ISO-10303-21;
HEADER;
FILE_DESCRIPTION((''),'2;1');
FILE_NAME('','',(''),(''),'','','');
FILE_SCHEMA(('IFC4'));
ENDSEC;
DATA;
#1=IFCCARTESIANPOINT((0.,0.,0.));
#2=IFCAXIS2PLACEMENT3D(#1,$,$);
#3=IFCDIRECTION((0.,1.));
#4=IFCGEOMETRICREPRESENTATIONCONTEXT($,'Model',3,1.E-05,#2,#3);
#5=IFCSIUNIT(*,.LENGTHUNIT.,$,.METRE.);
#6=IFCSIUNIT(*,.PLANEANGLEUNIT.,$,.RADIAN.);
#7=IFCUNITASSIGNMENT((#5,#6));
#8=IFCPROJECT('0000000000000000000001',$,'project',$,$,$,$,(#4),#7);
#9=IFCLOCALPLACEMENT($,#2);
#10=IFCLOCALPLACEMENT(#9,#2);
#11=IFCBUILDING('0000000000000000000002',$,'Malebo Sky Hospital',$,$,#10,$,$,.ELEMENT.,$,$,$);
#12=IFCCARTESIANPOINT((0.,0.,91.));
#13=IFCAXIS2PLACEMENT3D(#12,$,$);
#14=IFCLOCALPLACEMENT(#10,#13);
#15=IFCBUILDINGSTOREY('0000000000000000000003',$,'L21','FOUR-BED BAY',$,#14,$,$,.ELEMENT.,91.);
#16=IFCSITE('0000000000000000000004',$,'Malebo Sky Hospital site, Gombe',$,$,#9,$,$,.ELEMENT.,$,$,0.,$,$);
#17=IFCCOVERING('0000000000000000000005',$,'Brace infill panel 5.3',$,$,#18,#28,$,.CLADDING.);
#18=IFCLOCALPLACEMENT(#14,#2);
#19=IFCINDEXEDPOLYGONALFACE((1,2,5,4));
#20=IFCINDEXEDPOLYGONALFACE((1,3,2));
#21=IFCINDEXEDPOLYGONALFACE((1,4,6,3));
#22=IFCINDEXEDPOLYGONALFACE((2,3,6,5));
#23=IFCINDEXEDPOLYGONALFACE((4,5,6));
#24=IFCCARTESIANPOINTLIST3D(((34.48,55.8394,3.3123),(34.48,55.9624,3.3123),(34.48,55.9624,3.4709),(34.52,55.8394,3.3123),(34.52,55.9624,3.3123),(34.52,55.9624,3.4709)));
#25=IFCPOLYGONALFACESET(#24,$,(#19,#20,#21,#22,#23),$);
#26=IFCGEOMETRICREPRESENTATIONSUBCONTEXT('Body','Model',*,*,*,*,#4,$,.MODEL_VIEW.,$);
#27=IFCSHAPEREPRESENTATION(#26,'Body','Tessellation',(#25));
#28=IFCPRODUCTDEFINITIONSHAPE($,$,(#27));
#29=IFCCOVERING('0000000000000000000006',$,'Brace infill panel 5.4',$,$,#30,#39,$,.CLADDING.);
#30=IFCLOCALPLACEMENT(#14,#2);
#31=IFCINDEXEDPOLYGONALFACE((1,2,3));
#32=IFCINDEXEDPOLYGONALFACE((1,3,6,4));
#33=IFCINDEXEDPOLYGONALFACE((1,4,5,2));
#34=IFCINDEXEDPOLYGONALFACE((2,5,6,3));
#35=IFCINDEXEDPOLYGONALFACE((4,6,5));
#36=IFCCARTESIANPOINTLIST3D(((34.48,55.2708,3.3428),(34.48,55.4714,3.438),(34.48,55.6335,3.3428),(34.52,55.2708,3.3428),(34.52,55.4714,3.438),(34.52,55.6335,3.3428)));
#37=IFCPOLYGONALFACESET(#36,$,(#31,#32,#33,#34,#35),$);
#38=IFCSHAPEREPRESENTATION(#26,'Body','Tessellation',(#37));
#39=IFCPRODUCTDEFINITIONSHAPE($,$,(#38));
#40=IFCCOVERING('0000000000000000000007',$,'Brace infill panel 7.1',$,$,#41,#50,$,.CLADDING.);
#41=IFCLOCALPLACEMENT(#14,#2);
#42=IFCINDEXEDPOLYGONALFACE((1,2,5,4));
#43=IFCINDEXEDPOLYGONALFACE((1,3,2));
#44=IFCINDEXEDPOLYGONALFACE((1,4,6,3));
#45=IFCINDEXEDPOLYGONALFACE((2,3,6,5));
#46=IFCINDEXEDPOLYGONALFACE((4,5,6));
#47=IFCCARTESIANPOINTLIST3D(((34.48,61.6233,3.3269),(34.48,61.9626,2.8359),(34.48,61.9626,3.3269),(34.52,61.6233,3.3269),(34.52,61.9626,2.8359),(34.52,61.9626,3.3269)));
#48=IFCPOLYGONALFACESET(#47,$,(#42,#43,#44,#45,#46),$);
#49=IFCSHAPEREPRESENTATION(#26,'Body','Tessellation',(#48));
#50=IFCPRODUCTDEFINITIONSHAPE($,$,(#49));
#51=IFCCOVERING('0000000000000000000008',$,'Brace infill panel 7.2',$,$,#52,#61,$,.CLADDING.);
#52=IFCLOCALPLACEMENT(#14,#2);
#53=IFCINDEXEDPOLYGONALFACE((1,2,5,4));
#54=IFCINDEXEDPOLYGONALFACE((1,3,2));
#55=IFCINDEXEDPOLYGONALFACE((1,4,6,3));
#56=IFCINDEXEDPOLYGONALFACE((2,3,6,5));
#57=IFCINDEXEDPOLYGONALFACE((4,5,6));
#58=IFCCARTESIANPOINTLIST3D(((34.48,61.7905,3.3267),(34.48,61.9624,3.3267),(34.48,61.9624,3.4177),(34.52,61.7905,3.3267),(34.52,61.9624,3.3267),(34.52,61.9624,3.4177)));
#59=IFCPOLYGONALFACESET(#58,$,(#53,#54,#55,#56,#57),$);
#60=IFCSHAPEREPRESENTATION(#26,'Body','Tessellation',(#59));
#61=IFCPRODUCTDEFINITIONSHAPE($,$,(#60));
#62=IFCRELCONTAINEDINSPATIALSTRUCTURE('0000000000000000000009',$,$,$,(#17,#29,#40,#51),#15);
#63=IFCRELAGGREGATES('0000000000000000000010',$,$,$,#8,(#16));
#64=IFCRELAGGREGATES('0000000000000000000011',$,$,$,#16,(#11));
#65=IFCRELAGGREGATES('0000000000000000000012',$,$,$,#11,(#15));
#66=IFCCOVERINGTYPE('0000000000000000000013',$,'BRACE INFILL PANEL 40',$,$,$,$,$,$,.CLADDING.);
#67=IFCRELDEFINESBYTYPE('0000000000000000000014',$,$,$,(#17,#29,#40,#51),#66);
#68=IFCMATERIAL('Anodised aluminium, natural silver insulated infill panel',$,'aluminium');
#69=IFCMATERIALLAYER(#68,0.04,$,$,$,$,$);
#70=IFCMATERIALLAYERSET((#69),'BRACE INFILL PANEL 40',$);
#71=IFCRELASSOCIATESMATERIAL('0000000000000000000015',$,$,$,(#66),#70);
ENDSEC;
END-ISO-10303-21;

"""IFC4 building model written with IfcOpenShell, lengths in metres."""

from ifc_helpers import new_model, si_unit, direction, frame, origin, place, context, subcontext, project, spatial, polyline, outline, extrude, material, layer, layer_set, type_object, element, save


model = new_model("IFC4")

# Units and contexts
model_context = context("Model", 3, precision=1e-05, world=origin(), true_north=direction((0.0, 1.0)))
body_context = subcontext(model_context, "Body", "Model", "MODEL_VIEW")
ifc_project = project(units=[si_unit("LENGTHUNIT", "METRE"), si_unit("PLANEANGLEUNIT", "RADIAN")], contexts=[model_context])

# Site, building, storey
site_placement = place(None, origin())
site = spatial("IfcSite", under=ifc_project, at=site_placement, Name="Malebo Sky Hospital site, Gombe", CompositionType="ELEMENT", RefElevation=0.0)
building_placement = place(site_placement, origin())
building = spatial("IfcBuilding", under=site, at=building_placement, Name="Malebo Sky Hospital", CompositionType="ELEMENT")
storey_placement = place(building_placement, frame((0.0, 0.0, 91.0)))
storey = spatial("IfcBuildingStorey", under=building, at=storey_placement, Name="L21", Description="FOUR-BED BAY", CompositionType="ELEMENT", Elevation=91.0)

# Coverings
ifc_material_1 = material(Name="Anodised aluminium, natural silver insulated infill panel", Category="aluminium")
ifc_layer_1 = layer(ifc_material_1, 0.04)
ifc_layer_set_1 = layer_set([ifc_layer_1], Name="BRACE INFILL PANEL 40")
covering_type = type_object("IfcCoveringType", Name="BRACE INFILL PANEL 40", PredefinedType="CLADDING", material=ifc_layer_set_1)
covering_1_placement = place(storey_placement, frame((34.5, 55.9009, 3.3123), z_axis=(0.0, 0.0, 1.0), x_axis=(0.0, 1.0, 0.0)))
element("IfcCovering", 1, at=covering_1_placement, inside=storey, type_object=covering_type, Name="Brace infill panel 5.3", PredefinedType="CLADDING", context=body_context, shape_type="SweptSolid", body=[
    extrude(outline(polyline([(-0.0615, 0.0), (0.0615, 0.0), (0.0615, 0.1587), (-0.0615, 0.0)])), frame((0.0, 0.02, 0.0), z_axis=(0.0, -1.0, 0.0), x_axis=(1.0, 0.0, 0.0)), (0.0, 0.0, 1.0), 0.04),
])
covering_2_placement = place(storey_placement, frame((34.5, 55.4521, 3.3428), z_axis=(0.0, 0.0, 1.0), x_axis=(0.0, 1.0, 0.0)))
element("IfcCovering", 2, at=covering_2_placement, inside=storey, type_object=covering_type, Name="Brace infill panel 5.4", PredefinedType="CLADDING", context=body_context, shape_type="SweptSolid", body=[
    extrude(outline(polyline([(-0.1814, 0.0), (0.1814, 0.0), (0.0193, 0.0952), (-0.1814, 0.0)])), frame((0.0, 0.02, 0.0), z_axis=(0.0, -1.0, 0.0), x_axis=(1.0, 0.0, 0.0)), (0.0, 0.0, 1.0), 0.04),
])
covering_3_placement = place(storey_placement, frame((34.5, 61.793, 2.8359), z_axis=(0.0, 0.0, 1.0), x_axis=(0.0, 1.0, 0.0)))
element("IfcCovering", 3, at=covering_3_placement, inside=storey, type_object=covering_type, Name="Brace infill panel 7.1", PredefinedType="CLADDING", context=body_context, shape_type="SweptSolid", body=[
    extrude(outline(polyline([(0.1697, 0.0), (0.1697, 0.491), (-0.1697, 0.491), (0.1697, 0.0)])), frame((0.0, 0.02, 0.0), z_axis=(0.0, -1.0, 0.0), x_axis=(1.0, 0.0, 0.0)), (0.0, 0.0, 1.0), 0.04),
])
covering_4_placement = place(storey_placement, frame((34.5, 61.8765, 3.3267), z_axis=(0.0, 0.0, 1.0), x_axis=(0.0, 1.0, 0.0)))
element("IfcCovering", 4, at=covering_4_placement, inside=storey, type_object=covering_type, Name="Brace infill panel 7.2", PredefinedType="CLADDING", context=body_context, shape_type="SweptSolid", body=[
    extrude(outline(polyline([(-0.0859, 0.0), (0.0859, 0.0), (0.0859, 0.0911), (-0.0859, 0.0)])), frame((0.0, 0.02, 0.0), z_axis=(0.0, -1.0, 0.0), x_axis=(1.0, 0.0, 0.0)), (0.0, 0.0, 1.0), 0.04),
])

save(model, "model.ifc")
